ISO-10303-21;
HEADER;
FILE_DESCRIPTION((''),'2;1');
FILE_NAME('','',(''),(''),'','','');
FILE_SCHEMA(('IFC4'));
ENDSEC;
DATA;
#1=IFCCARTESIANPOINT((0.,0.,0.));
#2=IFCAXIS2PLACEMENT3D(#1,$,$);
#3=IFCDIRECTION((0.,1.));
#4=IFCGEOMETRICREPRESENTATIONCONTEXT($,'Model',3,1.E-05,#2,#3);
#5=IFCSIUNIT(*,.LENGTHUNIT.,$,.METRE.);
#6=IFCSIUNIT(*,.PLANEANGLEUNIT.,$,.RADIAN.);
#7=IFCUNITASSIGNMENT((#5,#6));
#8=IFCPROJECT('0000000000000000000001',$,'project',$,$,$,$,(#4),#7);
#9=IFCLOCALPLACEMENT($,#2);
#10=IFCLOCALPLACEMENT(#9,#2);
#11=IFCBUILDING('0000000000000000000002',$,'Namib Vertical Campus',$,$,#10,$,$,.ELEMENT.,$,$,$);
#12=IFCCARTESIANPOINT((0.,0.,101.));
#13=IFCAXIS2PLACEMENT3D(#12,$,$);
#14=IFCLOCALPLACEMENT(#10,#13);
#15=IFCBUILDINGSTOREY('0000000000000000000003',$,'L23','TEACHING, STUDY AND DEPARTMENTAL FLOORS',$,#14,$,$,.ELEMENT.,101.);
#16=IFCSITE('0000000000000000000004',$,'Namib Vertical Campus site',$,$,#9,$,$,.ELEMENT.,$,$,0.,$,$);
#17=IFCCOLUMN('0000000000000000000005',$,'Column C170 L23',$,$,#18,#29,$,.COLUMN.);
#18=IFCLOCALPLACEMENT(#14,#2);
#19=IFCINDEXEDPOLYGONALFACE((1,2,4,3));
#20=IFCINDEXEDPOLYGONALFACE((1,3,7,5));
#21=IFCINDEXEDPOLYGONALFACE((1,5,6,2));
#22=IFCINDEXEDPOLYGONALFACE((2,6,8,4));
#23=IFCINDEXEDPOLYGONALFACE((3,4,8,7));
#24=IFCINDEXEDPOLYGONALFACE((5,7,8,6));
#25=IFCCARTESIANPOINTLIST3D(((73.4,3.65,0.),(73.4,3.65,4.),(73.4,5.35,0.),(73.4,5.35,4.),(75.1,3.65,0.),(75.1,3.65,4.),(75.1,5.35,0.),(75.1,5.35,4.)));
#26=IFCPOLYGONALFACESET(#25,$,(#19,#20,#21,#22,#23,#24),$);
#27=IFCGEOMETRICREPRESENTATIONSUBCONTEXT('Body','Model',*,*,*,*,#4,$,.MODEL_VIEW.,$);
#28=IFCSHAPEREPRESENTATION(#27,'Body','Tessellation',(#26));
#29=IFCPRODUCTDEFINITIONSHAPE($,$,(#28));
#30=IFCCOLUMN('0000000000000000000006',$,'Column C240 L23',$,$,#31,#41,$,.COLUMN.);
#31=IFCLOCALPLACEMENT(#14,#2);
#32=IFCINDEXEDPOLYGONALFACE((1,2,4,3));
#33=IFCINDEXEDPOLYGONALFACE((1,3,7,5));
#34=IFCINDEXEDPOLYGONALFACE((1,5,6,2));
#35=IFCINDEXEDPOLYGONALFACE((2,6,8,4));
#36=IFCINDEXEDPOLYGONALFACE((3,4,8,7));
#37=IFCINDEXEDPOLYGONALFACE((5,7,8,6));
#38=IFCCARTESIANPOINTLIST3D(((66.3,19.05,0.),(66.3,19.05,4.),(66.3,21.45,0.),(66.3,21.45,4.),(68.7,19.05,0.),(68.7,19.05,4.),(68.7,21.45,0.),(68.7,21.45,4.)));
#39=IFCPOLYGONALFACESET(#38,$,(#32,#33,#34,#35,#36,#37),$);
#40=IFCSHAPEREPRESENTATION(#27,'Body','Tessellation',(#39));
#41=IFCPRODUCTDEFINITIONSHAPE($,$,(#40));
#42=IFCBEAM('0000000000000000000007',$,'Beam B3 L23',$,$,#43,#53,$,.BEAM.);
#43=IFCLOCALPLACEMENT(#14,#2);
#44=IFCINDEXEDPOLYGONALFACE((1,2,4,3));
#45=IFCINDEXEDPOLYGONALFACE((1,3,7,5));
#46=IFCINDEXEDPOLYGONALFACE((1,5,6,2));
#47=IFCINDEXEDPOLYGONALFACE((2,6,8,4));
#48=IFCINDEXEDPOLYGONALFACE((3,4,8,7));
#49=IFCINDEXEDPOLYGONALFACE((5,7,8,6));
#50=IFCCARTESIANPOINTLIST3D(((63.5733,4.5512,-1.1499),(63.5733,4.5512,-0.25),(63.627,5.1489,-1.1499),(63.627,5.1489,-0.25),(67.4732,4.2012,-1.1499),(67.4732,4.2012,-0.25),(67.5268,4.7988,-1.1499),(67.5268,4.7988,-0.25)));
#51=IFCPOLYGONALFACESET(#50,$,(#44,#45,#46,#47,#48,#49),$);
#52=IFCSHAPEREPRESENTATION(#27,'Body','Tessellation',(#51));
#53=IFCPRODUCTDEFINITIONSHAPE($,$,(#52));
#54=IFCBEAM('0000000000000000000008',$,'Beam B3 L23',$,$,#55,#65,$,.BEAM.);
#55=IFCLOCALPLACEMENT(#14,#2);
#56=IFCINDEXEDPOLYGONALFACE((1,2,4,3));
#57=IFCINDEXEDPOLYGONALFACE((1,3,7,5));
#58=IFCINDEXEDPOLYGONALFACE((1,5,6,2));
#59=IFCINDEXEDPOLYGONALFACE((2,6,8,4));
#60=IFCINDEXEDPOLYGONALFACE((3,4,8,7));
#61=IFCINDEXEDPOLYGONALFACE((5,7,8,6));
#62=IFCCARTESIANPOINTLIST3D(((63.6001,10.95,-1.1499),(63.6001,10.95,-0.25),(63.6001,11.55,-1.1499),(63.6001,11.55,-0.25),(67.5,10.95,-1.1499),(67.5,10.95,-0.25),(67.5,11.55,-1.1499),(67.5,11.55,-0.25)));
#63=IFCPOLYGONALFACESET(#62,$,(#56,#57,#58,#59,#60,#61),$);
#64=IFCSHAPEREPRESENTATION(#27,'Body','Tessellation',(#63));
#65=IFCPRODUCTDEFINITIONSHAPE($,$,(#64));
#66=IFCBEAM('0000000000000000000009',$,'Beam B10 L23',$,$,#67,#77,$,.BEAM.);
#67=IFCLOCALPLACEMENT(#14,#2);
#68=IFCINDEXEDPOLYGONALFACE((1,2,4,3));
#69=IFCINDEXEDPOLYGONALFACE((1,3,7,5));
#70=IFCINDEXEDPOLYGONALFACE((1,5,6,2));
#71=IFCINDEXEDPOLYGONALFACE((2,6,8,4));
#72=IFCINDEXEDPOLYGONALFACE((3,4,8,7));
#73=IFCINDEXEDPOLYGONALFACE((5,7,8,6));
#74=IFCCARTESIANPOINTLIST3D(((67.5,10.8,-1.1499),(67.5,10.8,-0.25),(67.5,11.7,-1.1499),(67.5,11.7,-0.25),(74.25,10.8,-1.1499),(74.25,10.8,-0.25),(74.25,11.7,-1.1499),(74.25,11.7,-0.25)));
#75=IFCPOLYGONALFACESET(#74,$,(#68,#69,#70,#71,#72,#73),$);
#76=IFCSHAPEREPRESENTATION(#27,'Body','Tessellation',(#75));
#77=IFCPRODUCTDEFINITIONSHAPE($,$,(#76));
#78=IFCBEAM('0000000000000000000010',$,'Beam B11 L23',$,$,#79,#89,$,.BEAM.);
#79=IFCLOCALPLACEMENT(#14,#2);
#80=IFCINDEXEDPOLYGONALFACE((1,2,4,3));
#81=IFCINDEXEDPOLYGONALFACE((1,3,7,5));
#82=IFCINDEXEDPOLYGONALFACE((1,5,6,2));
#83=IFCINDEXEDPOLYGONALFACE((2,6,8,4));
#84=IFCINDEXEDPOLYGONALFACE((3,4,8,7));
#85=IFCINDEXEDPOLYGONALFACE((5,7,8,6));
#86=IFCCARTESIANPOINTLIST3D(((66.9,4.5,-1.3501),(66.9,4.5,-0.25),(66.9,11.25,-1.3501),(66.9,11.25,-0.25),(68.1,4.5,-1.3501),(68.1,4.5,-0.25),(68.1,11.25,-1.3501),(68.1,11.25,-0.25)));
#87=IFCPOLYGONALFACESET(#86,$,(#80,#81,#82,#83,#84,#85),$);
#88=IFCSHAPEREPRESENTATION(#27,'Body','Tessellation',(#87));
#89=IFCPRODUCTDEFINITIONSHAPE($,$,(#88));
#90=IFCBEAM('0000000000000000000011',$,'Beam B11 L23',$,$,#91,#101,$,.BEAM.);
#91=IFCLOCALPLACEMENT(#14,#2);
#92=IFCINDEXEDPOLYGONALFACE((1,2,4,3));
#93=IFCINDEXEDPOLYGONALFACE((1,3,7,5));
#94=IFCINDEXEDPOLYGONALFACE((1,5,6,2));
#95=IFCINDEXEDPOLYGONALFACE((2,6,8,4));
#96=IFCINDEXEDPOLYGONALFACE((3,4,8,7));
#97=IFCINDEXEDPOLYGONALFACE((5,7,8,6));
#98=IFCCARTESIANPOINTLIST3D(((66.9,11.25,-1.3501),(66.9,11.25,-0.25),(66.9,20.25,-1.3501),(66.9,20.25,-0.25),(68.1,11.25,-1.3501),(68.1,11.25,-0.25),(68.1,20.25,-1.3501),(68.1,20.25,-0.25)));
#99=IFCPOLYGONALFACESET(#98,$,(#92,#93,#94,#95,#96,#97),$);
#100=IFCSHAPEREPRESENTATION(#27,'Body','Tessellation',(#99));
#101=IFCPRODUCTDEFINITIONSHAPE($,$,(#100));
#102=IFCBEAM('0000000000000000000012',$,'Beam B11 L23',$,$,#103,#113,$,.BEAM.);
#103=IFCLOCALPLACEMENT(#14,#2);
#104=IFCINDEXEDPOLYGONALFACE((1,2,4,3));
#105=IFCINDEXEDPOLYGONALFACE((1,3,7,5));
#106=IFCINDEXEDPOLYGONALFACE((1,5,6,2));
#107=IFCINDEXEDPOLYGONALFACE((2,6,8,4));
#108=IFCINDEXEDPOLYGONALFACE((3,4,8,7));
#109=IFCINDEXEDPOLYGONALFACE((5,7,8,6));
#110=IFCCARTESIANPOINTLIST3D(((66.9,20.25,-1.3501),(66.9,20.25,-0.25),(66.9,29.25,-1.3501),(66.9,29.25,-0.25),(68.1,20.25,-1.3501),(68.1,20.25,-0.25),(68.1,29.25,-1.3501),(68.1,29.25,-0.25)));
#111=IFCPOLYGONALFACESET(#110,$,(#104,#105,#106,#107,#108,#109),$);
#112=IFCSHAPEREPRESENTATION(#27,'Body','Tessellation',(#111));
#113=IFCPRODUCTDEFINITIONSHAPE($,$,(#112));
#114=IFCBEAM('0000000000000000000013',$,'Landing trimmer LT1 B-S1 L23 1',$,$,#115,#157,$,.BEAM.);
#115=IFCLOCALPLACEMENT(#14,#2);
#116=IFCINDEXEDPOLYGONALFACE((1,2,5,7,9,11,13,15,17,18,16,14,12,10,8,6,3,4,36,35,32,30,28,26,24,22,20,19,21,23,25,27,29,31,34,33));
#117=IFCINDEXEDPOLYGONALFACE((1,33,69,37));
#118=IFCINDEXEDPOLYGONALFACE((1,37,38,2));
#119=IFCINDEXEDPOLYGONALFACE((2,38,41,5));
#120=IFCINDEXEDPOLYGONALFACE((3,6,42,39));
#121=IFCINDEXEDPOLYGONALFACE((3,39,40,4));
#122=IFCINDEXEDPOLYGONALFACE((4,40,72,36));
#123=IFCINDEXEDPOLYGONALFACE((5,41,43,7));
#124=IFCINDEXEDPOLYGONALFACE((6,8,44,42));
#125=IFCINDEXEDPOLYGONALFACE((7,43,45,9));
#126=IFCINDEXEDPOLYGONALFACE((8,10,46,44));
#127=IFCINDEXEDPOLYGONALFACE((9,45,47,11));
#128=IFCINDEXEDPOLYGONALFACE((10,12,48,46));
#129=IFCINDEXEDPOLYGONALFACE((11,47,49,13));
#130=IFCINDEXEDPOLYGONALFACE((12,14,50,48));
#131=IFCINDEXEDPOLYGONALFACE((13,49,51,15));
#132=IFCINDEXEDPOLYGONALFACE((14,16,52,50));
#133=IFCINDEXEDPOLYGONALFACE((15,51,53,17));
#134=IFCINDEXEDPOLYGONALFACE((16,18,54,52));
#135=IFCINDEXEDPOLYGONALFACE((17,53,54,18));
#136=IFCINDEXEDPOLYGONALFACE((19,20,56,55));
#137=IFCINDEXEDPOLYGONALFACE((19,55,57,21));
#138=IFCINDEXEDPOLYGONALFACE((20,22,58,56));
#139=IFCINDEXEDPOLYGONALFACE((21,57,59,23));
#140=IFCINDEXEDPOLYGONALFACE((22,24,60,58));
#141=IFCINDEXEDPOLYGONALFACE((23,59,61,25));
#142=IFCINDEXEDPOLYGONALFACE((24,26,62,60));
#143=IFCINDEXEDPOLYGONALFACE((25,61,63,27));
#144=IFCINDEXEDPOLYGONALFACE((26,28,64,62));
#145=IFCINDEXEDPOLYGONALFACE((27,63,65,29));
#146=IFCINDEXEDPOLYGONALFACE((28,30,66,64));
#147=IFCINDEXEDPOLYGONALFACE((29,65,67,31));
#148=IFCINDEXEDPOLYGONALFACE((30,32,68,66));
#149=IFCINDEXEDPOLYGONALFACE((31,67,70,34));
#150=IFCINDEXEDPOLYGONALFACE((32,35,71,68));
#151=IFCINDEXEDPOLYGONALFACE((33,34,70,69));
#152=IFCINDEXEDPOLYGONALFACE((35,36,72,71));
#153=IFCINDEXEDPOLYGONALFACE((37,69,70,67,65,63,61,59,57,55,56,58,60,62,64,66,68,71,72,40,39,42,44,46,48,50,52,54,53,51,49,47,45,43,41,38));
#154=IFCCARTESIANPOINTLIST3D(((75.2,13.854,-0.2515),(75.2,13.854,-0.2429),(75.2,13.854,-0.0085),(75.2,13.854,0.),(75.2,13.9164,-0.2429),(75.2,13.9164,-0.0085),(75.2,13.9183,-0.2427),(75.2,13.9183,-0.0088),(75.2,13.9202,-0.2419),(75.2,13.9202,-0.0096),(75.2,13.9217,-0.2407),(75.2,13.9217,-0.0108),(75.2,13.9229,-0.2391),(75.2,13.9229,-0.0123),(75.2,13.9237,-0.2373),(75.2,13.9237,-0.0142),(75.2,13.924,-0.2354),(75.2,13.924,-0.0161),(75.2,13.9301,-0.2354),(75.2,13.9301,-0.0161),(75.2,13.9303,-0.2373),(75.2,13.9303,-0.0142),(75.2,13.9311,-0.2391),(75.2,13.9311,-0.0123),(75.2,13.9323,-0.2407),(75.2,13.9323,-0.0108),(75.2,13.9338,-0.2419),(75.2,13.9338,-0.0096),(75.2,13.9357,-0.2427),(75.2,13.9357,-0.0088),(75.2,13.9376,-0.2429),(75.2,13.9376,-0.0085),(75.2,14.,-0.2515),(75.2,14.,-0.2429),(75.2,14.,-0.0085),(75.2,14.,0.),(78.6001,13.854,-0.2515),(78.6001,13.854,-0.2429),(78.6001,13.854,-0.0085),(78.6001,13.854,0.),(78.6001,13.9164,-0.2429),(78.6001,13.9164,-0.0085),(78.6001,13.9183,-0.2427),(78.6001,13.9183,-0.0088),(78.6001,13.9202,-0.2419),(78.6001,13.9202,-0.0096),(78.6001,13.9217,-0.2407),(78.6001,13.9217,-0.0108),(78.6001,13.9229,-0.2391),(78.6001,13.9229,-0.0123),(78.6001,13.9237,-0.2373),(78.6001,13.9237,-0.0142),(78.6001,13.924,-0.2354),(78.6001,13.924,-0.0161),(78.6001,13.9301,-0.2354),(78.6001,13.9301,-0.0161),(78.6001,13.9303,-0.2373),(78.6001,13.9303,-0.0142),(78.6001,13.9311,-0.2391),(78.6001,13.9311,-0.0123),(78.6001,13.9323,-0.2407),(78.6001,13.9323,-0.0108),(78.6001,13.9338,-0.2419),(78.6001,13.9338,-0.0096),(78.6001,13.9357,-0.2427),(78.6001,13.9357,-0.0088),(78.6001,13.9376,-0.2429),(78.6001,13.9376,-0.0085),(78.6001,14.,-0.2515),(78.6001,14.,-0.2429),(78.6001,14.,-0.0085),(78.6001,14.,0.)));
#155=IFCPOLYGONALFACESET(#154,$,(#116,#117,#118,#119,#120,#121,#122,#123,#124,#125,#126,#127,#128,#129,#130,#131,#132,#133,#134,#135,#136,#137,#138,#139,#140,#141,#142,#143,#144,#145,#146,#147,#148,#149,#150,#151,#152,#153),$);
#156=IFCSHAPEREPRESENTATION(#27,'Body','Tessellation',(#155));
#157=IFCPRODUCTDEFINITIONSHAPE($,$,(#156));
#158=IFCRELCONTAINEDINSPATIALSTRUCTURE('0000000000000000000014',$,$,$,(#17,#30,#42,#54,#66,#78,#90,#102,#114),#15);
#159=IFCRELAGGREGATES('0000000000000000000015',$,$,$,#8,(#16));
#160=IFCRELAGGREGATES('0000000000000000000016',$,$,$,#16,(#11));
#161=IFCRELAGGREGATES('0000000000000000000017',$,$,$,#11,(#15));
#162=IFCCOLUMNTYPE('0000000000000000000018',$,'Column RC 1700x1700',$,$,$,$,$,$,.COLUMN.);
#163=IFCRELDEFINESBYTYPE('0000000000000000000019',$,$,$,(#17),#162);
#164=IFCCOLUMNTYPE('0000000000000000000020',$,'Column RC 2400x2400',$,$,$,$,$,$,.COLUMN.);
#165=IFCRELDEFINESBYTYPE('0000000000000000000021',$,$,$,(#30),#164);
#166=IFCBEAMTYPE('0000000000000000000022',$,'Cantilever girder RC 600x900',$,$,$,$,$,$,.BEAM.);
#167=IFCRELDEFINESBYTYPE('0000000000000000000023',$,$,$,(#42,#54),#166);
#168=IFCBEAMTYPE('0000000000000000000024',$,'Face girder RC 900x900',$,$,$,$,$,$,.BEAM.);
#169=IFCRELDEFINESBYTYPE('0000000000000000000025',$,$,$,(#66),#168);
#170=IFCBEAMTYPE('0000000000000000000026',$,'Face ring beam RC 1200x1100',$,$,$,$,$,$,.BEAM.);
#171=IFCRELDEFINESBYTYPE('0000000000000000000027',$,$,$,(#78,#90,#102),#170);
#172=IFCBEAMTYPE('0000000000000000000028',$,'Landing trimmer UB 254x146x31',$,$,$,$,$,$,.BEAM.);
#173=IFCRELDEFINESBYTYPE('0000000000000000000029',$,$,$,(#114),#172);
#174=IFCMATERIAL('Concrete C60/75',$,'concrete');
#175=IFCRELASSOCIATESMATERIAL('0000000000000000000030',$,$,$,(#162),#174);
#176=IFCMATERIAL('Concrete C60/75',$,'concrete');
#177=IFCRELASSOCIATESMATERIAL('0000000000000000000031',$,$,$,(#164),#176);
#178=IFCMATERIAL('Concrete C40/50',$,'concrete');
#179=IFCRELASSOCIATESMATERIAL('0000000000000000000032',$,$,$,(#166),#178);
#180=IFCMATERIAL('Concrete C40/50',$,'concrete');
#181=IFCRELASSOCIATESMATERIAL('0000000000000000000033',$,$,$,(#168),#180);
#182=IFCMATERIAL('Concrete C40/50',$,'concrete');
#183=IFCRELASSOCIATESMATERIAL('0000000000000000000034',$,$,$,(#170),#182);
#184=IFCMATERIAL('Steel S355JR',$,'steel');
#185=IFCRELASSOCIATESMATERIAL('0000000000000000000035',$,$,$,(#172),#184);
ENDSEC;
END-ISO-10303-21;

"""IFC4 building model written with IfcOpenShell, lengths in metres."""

from ifc_helpers import new_model, si_unit, direction, frame, origin, origin_2d, place, context, subcontext, project, spatial, rectangle, i_section, extrude, material, material_profile, profile_set, type_object, element, save


model = new_model("IFC4")

# Units and contexts
model_context = context("Model", 3, precision=1e-05, world=origin(), true_north=direction((0.0, 1.0)))
body_context = subcontext(model_context, "Body", "Model", "MODEL_VIEW")
ifc_project = project(units=[si_unit("LENGTHUNIT", "METRE"), si_unit("PLANEANGLEUNIT", "RADIAN")], contexts=[model_context])

# Site, building, storey
site_placement = place(None, origin())
site = spatial("IfcSite", under=ifc_project, at=site_placement, Name="Namib Vertical Campus site", CompositionType="ELEMENT", RefElevation=0.0)
building_placement = place(site_placement, origin())
building = spatial("IfcBuilding", under=site, at=building_placement, Name="Namib Vertical Campus", CompositionType="ELEMENT")
storey_placement = place(building_placement, frame((0.0, 0.0, 101.0)))
storey = spatial("IfcBuildingStorey", under=building, at=storey_placement, Name="L23", Description="TEACHING, STUDY AND DEPARTMENTAL FLOORS", CompositionType="ELEMENT", Elevation=101.0)

# Columns
ifc_material_1 = material(Name="Concrete C60/75", Category="concrete")
ifc_material_profile_1 = material_profile(ifc_material_1, rectangle(XDim=1.7, YDim=1.7, at=origin_2d()))
ifc_profile_set_1 = profile_set([ifc_material_profile_1], Name="Concrete C60/75")
column_type_1 = type_object("IfcColumnType", Name="Column RC 1700x1700", PredefinedType="COLUMN", material=ifc_profile_set_1)
column_1_placement = place(storey_placement, frame((74.25, 4.5, 0.0), z_axis=(0.0, 0.0, 1.0), x_axis=(1.0, 0.0, 0.0)))
element("IfcColumn", 1, at=column_1_placement, inside=storey, type_object=column_type_1, Name="Column C170 L23", PredefinedType="COLUMN", context=body_context, shape_type="SweptSolid", body=[
    extrude(rectangle(XDim=1.7, YDim=1.7, at=origin_2d()), origin(), (0.0, 0.0, 1.0), 4.0),
])
ifc_material_2 = material(Name="Concrete C60/75", Category="concrete")
ifc_material_profile_2 = material_profile(ifc_material_2, rectangle(XDim=2.3999, YDim=2.3999, at=origin_2d()))
ifc_profile_set_2 = profile_set([ifc_material_profile_2], Name="Concrete C60/75")
column_type_2 = type_object("IfcColumnType", Name="Column RC 2400x2400", PredefinedType="COLUMN", material=ifc_profile_set_2)
column_2_placement = place(storey_placement, frame((67.5, 20.25, 0.0), z_axis=(0.0, 0.0, 1.0), x_axis=(1.0, 0.0, 0.0)))
element("IfcColumn", 2, at=column_2_placement, inside=storey, type_object=column_type_2, Name="Column C240 L23", PredefinedType="COLUMN", context=body_context, shape_type="SweptSolid", body=[
    extrude(rectangle(XDim=2.3999, YDim=2.3999, at=origin_2d()), origin(), (0.0, 0.0, 1.0), 4.0),
])

# Beams
ifc_material_3 = material(Name="Concrete C40/50", Category="concrete")
ifc_material_profile_3 = material_profile(ifc_material_3, rectangle(XDim=0.6001, YDim=0.8999, at=origin_2d()))
ifc_profile_set_3 = profile_set([ifc_material_profile_3], Name="Concrete C40/50")
beam_type_1 = type_object("IfcBeamType", Name="Cantilever girder RC 600x900", PredefinedType="BEAM", material=ifc_profile_set_3)
beam_1_placement = place(storey_placement, frame((67.5, 4.5, -0.7), z_axis=(-0.995995, 0.089411, 0.0), x_axis=(-0.089411, -0.995995, 0.0)))
element("IfcBeam", 3, at=beam_1_placement, inside=storey, type_object=beam_type_1, Name="Beam B3 L23", PredefinedType="BEAM", context=body_context, shape_type="SweptSolid", body=[
    extrude(rectangle(XDim=0.6001, YDim=0.8999, at=origin_2d()), origin(), (0.0, 0.0, 1.0), 3.9155),
])
beam_2_placement = place(storey_placement, frame((67.5, 11.25, -0.7), z_axis=(-1.0, 0.0, 0.0), x_axis=(0.0, -1.0, 0.0)))
element("IfcBeam", 4, at=beam_2_placement, inside=storey, type_object=beam_type_1, Name="Beam B3 L23", PredefinedType="BEAM", context=body_context, shape_type="SweptSolid", body=[
    extrude(rectangle(XDim=0.6001, YDim=0.8999, at=origin_2d()), origin(), (0.0, 0.0, 1.0), 3.8999),
])
ifc_material_4 = material(Name="Concrete C40/50", Category="concrete")
ifc_material_profile_4 = material_profile(ifc_material_4, rectangle(XDim=0.8999, YDim=0.8999, at=origin_2d()))
ifc_profile_set_4 = profile_set([ifc_material_profile_4], Name="Concrete C40/50")
beam_type_2 = type_object("IfcBeamType", Name="Face girder RC 900x900", PredefinedType="BEAM", material=ifc_profile_set_4)
beam_3_placement = place(storey_placement, frame((67.5, 11.25, -0.7), z_axis=(1.0, 0.0, 0.0), x_axis=(0.0, 1.0, 0.0)))
element("IfcBeam", 5, at=beam_3_placement, inside=storey, type_object=beam_type_2, Name="Beam B10 L23", PredefinedType="BEAM", context=body_context, shape_type="SweptSolid", body=[
    extrude(rectangle(XDim=0.8999, YDim=0.8999, at=origin_2d()), origin(), (0.0, 0.0, 1.0), 6.75),
])
ifc_material_5 = material(Name="Concrete C40/50", Category="concrete")
ifc_material_profile_5 = material_profile(ifc_material_5, rectangle(XDim=1.2, YDim=1.1001, at=origin_2d()))
ifc_profile_set_5 = profile_set([ifc_material_profile_5], Name="Concrete C40/50")
beam_type_3 = type_object("IfcBeamType", Name="Face ring beam RC 1200x1100", PredefinedType="BEAM", material=ifc_profile_set_5)
beam_4_placement = place(storey_placement, frame((67.5, 4.5, -0.8), z_axis=(0.0, 1.0, 0.0), x_axis=(-1.0, 0.0, 0.0)))
element("IfcBeam", 6, at=beam_4_placement, inside=storey, type_object=beam_type_3, Name="Beam B11 L23", PredefinedType="BEAM", context=body_context, shape_type="SweptSolid", body=[
    extrude(rectangle(XDim=1.2, YDim=1.1001, at=origin_2d()), origin(), (0.0, 0.0, 1.0), 6.75),
])
for number, where, z_axis, x_axis, name in (
    (7, (67.5, 11.25, -0.8), (0.0, 1.0, 0.0), (-1.0, 0.0, 0.0), "Beam B11 L23"),
    (8, (67.5, 20.25, -0.8), (0.0, 1.0, 0.0), (-1.0, 0.0, 0.0), "Beam B11 L23"),
):
    element("IfcBeam", number, at=place(storey_placement, frame(where, z_axis=z_axis, x_axis=x_axis)), inside=storey, type_object=beam_type_3, Name=name, PredefinedType="BEAM", context=body_context, shape_type="SweptSolid", body=[
        extrude(rectangle(XDim=1.2, YDim=1.1001, at=origin_2d()), origin(), (0.0, 0.0, 1.0), 9.0),
    ])
ifc_material_6 = material(Name="Steel S355JR", Category="steel")
ifc_material_profile_6 = material_profile(ifc_material_6, i_section(OverallWidth=0.146, OverallDepth=0.2515, WebThickness=0.0061, FlangeThickness=0.0085, FilletRadius=0.0076, at=origin_2d()))
ifc_profile_set_6 = profile_set([ifc_material_profile_6], Name="Steel S355JR")
beam_type_4 = type_object("IfcBeamType", Name="Landing trimmer UB 254x146x31", PredefinedType="BEAM", material=ifc_profile_set_6)
for number, where, z_axis, x_axis, name in (
    (9, (75.2, 13.927, -0.1257), (1.0, 0.0, 0.0), (0.0, 1.0, 0.0), "Landing trimmer LT1 B-S1 L23 1"),
):
    element("IfcBeam", number, at=place(storey_placement, frame(where, z_axis=z_axis, x_axis=x_axis)), inside=storey, type_object=beam_type_4, Name=name, PredefinedType="BEAM", context=body_context, shape_type="SweptSolid", body=[
        extrude(i_section(OverallWidth=0.146, OverallDepth=0.2515, WebThickness=0.0061, FlangeThickness=0.0085, FilletRadius=0.0076, at=origin_2d()), origin(), (0.0, 0.0, 1.0), 3.4001),
    ])

save(model, "model.ifc")
